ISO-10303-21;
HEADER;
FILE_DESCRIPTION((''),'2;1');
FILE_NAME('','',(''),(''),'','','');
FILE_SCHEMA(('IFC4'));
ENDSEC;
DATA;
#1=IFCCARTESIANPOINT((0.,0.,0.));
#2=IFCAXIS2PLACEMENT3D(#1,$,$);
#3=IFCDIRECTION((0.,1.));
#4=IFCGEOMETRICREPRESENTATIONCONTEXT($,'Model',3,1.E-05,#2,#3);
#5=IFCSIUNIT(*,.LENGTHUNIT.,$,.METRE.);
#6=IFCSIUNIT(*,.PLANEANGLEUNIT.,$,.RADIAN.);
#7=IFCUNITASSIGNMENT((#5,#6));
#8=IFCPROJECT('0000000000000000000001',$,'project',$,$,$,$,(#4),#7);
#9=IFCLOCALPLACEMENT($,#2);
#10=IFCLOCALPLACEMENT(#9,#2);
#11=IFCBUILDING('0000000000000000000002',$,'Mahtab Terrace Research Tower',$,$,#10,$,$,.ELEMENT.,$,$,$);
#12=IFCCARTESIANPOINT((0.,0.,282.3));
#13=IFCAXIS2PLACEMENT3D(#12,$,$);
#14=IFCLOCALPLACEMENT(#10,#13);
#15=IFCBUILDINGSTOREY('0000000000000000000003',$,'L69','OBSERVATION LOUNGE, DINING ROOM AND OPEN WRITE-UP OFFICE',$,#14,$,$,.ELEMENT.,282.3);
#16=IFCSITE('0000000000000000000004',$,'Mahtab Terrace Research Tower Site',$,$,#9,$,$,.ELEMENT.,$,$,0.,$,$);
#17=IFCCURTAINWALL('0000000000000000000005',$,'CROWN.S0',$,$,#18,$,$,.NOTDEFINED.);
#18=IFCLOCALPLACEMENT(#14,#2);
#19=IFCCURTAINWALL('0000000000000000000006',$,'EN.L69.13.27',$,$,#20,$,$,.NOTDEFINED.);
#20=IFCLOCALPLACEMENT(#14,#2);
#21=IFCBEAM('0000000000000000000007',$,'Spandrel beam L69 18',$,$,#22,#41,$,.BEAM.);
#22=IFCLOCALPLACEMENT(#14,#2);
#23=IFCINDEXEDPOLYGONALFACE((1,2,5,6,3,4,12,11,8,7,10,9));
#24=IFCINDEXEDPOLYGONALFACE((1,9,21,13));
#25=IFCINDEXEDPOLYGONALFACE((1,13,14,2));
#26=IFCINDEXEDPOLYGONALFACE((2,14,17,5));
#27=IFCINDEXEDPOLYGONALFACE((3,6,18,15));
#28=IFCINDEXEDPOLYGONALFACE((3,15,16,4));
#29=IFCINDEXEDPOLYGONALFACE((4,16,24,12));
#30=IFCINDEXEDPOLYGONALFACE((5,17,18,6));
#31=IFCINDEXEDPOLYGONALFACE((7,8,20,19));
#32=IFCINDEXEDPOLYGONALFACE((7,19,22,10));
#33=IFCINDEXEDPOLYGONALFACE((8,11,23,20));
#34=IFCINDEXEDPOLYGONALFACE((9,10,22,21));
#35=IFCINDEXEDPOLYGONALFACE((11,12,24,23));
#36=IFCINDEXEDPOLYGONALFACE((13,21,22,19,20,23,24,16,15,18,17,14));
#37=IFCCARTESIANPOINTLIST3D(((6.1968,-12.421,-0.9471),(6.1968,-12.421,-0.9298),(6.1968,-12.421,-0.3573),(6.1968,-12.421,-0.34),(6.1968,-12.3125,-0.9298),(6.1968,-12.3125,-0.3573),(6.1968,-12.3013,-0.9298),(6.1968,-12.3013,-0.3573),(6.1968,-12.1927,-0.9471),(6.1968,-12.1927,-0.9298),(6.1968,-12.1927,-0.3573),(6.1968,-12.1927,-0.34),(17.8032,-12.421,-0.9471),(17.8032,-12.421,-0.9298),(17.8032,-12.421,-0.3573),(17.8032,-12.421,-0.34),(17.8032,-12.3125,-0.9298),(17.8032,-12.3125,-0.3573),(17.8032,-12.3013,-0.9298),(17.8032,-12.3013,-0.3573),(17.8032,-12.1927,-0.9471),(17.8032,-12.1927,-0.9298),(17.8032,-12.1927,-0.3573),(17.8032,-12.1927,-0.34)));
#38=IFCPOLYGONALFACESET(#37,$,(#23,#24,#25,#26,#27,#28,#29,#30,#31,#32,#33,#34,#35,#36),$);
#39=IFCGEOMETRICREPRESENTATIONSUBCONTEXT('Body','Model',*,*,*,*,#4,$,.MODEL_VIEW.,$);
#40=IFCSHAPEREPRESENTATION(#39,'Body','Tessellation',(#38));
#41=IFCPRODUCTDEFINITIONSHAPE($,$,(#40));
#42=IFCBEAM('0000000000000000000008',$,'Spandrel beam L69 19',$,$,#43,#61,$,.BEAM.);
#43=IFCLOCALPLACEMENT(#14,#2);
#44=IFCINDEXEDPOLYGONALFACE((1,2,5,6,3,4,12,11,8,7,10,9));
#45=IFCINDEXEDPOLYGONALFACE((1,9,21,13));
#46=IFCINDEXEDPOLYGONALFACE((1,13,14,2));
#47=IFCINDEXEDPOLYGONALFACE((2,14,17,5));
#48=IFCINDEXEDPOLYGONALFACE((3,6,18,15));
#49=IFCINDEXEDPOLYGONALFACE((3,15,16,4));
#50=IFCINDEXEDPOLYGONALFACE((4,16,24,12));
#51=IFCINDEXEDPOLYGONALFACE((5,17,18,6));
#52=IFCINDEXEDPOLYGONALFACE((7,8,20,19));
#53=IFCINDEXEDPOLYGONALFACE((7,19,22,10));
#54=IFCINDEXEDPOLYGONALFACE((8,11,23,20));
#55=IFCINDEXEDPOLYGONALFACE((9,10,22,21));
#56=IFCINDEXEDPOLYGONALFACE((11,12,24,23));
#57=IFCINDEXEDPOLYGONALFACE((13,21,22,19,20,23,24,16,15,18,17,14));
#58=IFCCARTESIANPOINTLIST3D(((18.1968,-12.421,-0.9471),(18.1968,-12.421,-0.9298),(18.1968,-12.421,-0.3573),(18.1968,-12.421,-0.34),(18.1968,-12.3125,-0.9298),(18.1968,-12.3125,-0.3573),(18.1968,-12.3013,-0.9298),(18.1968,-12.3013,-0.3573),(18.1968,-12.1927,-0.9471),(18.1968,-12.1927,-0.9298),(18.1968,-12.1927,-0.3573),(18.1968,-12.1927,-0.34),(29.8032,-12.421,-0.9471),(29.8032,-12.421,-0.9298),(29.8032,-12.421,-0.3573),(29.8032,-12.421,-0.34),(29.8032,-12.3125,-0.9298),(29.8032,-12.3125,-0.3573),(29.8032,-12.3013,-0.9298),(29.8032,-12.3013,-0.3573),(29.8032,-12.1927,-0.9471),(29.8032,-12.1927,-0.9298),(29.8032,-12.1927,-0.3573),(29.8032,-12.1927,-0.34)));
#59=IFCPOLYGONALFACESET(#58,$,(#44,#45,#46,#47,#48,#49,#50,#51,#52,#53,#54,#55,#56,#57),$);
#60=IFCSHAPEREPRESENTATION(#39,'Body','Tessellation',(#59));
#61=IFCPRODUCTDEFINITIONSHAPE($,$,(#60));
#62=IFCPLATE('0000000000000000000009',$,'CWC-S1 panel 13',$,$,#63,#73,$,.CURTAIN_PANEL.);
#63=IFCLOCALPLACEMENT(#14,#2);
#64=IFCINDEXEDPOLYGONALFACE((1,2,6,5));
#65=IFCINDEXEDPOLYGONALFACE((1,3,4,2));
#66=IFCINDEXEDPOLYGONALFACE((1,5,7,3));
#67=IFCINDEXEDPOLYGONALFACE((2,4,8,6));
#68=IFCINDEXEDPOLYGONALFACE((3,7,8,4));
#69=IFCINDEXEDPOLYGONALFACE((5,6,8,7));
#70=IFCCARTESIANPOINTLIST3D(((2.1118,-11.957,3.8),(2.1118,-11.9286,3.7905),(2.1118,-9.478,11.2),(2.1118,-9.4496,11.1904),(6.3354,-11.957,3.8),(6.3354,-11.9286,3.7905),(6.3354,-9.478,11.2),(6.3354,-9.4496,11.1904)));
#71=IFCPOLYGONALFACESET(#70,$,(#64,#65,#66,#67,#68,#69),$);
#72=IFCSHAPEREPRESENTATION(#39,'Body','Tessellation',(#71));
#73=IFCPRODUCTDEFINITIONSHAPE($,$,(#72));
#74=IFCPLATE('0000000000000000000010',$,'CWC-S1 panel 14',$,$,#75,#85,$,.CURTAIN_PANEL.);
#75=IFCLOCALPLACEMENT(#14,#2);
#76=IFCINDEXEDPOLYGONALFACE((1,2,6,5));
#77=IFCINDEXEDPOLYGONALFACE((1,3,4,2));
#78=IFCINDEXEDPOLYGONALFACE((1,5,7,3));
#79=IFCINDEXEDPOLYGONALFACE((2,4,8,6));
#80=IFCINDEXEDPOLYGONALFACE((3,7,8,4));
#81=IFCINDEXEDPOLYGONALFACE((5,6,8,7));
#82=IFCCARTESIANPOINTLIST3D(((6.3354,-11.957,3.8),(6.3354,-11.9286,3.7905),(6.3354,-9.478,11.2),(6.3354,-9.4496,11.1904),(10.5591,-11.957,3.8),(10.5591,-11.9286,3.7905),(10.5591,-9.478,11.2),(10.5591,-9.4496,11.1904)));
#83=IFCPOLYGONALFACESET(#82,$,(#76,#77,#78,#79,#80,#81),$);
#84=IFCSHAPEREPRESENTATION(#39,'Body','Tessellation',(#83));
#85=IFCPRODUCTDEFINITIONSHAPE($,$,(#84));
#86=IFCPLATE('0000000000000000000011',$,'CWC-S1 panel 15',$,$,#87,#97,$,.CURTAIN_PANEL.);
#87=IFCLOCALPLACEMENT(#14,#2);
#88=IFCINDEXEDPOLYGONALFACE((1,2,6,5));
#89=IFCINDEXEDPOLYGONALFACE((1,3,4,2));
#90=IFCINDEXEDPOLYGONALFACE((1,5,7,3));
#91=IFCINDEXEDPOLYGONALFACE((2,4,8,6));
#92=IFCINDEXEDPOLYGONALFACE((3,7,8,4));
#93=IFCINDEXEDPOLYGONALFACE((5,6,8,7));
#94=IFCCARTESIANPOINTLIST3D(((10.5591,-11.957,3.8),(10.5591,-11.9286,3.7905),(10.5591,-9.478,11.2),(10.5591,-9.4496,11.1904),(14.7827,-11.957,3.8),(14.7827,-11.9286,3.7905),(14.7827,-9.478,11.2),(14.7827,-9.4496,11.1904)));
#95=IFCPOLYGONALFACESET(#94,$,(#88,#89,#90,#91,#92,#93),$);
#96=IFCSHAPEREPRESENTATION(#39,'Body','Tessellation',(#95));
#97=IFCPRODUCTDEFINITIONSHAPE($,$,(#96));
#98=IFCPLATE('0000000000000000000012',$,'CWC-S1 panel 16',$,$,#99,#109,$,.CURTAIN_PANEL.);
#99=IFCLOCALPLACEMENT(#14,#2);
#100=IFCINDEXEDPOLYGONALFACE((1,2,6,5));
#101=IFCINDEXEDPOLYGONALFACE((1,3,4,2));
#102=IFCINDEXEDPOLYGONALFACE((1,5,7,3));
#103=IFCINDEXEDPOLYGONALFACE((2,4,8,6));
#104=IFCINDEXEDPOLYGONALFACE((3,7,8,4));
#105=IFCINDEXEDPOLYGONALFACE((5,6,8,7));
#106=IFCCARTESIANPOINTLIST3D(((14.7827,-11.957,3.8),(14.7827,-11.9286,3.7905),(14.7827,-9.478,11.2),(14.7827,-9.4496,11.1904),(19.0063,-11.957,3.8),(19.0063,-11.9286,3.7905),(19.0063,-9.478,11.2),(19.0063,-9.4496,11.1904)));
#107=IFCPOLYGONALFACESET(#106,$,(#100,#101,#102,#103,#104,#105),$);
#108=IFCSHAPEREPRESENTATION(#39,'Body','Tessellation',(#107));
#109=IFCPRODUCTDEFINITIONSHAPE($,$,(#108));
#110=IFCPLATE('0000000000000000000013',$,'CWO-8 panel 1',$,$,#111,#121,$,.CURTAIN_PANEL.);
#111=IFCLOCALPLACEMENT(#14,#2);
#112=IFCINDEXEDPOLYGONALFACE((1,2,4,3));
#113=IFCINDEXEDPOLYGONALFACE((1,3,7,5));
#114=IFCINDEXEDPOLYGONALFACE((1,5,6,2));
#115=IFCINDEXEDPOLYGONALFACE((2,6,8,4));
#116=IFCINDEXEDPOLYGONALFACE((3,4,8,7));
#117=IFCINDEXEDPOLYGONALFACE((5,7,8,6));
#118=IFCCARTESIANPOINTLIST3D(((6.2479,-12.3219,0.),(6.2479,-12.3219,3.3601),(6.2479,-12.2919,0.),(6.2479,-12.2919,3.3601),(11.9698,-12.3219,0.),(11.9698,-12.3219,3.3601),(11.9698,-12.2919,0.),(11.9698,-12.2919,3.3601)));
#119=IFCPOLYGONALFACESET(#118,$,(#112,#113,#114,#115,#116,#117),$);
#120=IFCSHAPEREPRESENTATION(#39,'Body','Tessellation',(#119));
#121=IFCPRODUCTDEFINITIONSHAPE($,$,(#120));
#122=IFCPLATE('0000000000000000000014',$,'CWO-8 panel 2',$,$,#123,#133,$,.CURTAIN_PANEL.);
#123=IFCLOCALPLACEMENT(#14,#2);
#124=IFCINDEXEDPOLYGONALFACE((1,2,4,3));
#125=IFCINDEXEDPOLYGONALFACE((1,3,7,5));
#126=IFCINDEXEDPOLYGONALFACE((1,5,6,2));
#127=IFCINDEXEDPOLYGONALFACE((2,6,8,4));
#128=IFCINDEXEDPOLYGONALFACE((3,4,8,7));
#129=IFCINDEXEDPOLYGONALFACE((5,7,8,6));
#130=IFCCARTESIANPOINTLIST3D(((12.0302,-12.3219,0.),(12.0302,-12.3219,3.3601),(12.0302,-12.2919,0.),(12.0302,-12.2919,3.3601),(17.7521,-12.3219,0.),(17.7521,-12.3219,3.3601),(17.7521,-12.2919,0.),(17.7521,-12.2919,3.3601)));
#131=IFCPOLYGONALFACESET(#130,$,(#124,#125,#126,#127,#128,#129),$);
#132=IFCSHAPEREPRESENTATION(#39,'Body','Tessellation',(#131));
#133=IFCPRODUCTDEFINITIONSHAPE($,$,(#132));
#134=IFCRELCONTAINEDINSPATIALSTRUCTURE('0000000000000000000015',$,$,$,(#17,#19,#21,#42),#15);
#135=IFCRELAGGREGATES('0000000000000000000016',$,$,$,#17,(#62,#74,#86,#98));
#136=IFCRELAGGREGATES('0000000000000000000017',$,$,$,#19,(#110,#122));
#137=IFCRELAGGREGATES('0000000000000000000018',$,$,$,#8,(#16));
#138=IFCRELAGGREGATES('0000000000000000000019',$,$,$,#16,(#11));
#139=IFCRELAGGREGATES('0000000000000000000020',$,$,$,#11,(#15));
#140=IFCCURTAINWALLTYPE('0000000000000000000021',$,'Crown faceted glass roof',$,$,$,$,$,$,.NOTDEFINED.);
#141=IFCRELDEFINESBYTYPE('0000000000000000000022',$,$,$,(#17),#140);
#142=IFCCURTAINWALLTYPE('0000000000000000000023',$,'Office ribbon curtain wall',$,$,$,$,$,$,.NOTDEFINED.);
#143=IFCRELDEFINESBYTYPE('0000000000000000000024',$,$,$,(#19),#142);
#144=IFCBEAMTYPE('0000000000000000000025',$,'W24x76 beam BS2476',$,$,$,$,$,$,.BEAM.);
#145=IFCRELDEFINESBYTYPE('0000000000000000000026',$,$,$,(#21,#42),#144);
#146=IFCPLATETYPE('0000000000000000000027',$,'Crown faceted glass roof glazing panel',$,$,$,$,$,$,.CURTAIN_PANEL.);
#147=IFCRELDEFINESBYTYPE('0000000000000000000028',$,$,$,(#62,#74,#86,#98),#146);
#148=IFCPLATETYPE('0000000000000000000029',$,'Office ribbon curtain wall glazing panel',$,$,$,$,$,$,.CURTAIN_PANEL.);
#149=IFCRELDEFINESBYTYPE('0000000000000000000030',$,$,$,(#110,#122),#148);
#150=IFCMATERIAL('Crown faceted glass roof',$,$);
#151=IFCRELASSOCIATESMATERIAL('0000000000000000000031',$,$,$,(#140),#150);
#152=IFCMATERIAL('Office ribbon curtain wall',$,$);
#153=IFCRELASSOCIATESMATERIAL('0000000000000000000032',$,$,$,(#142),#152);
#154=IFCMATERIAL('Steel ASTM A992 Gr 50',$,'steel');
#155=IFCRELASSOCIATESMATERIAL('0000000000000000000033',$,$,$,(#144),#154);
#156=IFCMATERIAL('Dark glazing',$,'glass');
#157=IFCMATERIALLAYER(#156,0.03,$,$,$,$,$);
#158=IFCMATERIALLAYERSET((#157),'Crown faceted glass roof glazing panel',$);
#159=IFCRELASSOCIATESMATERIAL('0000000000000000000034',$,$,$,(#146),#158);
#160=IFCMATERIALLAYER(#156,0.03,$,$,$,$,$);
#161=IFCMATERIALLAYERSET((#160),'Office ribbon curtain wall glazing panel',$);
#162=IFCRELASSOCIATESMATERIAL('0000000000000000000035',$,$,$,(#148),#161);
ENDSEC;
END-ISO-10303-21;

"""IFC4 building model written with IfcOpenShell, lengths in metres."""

from ifc_helpers import new_model, si_unit, direction, frame, origin, origin_2d, place, context, subcontext, project, spatial, polyline, rectangle, i_section, outline, extrude, material, layer, layer_set, material_profile, profile_set, type_object, element, aggregate, save


model = new_model("IFC4")

# Units and contexts
model_context = context("Model", 3, precision=1e-05, world=origin(), true_north=direction((0.0, 1.0)))
body_context = subcontext(model_context, "Body", "Model", "MODEL_VIEW")
ifc_project = project(units=[si_unit("LENGTHUNIT", "METRE"), si_unit("PLANEANGLEUNIT", "RADIAN")], contexts=[model_context])

# Site, building, storey
site_placement = place(None, origin())
site = spatial("IfcSite", under=ifc_project, at=site_placement, Name="Mahtab Terrace Research Tower Site", CompositionType="ELEMENT", RefElevation=0.0)
building_placement = place(site_placement, origin())
building = spatial("IfcBuilding", under=site, at=building_placement, Name="Mahtab Terrace Research Tower", CompositionType="ELEMENT")
storey_placement = place(building_placement, frame((0.0, 0.0, 282.3)))
storey = spatial("IfcBuildingStorey", under=building, at=storey_placement, Name="L69", Description="OBSERVATION LOUNGE, DINING ROOM AND OPEN WRITE-UP OFFICE", CompositionType="ELEMENT", Elevation=282.3)

# Shared definitions
ifc_material_1 = material(Name="Steel ASTM A992 Gr 50", Category="steel")

# Curtain wall
ifc_material_2 = material(Name="Crown faceted glass roof")
curtain_wall_type_1 = type_object("IfcCurtainWallType", Name="Crown faceted glass roof", PredefinedType="NOTDEFINED", material=ifc_material_2)
curtain_wall_1_placement = place(storey_placement, origin())
curtain_wall_1 = element("IfcCurtainWall", 1, at=curtain_wall_1_placement, inside=storey, type_object=curtain_wall_type_1, Name="CROWN.S0", PredefinedType="NOTDEFINED")

# Curtain wall
ifc_material_3 = material(Name="Office ribbon curtain wall")
curtain_wall_type_2 = type_object("IfcCurtainWallType", Name="Office ribbon curtain wall", PredefinedType="NOTDEFINED", material=ifc_material_3)
curtain_wall_2_placement = place(storey_placement, origin())
curtain_wall_2 = element("IfcCurtainWall", 2, at=curtain_wall_2_placement, inside=storey, type_object=curtain_wall_type_2, Name="EN.L69.13.27", PredefinedType="NOTDEFINED")

# Beams
ifc_material_profile_1 = material_profile(ifc_material_1, i_section(OverallWidth=0.2283, OverallDepth=0.6072, WebThickness=0.0112, FlangeThickness=0.0173, at=origin_2d()), Name="W24X76")
ifc_profile_set_1 = profile_set([ifc_material_profile_1], Name="Steel ASTM A992 Gr 50")
beam_type = type_object("IfcBeamType", Name="W24x76 beam BS2476", PredefinedType="BEAM", material=ifc_profile_set_1)
for number, where, z_axis, x_axis, name in (
    (3, (6.1968, -12.3069, -0.6436), (1.0, 0.0, 0.0), (0.0, 1.0, 0.0), "Spandrel beam L69 18"),
    (4, (18.1968, -12.3069, -0.6436), (1.0, 0.0, 0.0), (0.0, 1.0, 0.0), "Spandrel beam L69 19"),
):
    element("IfcBeam", number, at=place(storey_placement, frame(where, z_axis=z_axis, x_axis=x_axis)), inside=storey, type_object=beam_type, Name=name, PredefinedType="BEAM", context=body_context, shape_type="SweptSolid", body=[
        extrude(i_section(OverallWidth=0.2283, OverallDepth=0.6072, WebThickness=0.0112, FlangeThickness=0.0173, at=origin_2d()), origin(), (0.0, 0.0, 1.0), 11.6064),
    ])

# Plates
ifc_material_4 = material(Name="Dark glazing", Category="glass")
ifc_layer_1 = layer(ifc_material_4, 0.03)
ifc_layer_set_1 = layer_set([ifc_layer_1], Name="Crown faceted glass roof glazing panel")
plate_type_1 = type_object("IfcPlateType", Name="Crown faceted glass roof glazing panel", PredefinedType="CURTAIN_PANEL", material=ifc_layer_set_1)
plate_1_placement = place(storey_placement, frame((6.3354, -11.957, 3.8), z_axis=(0.0, -0.948207, 0.317654), x_axis=(0.0, 0.317654, 0.948207)))
plate_1 = element("IfcPlate", 5, at=plate_1_placement, type_object=plate_type_1, Name="CWC-S1 panel 13", PredefinedType="CURTAIN_PANEL", context=body_context, shape_type="SweptSolid", body=[
    extrude(outline(polyline([(0.0, 0.0), (7.8041, 0.0), (7.8041, 4.2236), (0.0, 4.2236), (0.0, 0.0)])), origin(), (0.0, 0.0, -1.0), 0.03),
])
plate_2_placement = place(storey_placement, frame((10.5591, -11.957, 3.8), z_axis=(0.0, -0.948207, 0.317654), x_axis=(0.0, 0.317654, 0.948207)))
plate_2 = element("IfcPlate", 6, at=plate_2_placement, type_object=plate_type_1, Name="CWC-S1 panel 14", PredefinedType="CURTAIN_PANEL", context=body_context, shape_type="SweptSolid", body=[
    extrude(outline(polyline([(0.0, 0.0), (7.8041, 0.0), (7.8041, 4.2236), (0.0, 4.2236), (0.0, 0.0)])), origin(), (0.0, 0.0, -1.0), 0.03),
])
plate_3_placement = place(storey_placement, frame((14.7827, -11.957, 3.8), z_axis=(0.0, -0.948207, 0.317654), x_axis=(0.0, 0.317654, 0.948207)))
plate_3 = element("IfcPlate", 7, at=plate_3_placement, type_object=plate_type_1, Name="CWC-S1 panel 15", PredefinedType="CURTAIN_PANEL", context=body_context, shape_type="SweptSolid", body=[
    extrude(outline(polyline([(0.0, 0.0), (7.8041, 0.0), (7.8041, 4.2236), (0.0, 4.2236), (0.0, 0.0)])), origin(), (0.0, 0.0, -1.0), 0.03),
])
plate_4_placement = place(storey_placement, frame((19.0063, -11.957, 3.8), z_axis=(0.0, -0.948207, 0.317654), x_axis=(0.0, 0.317654, 0.948207)))
plate_4 = element("IfcPlate", 8, at=plate_4_placement, type_object=plate_type_1, Name="CWC-S1 panel 16", PredefinedType="CURTAIN_PANEL", context=body_context, shape_type="SweptSolid", body=[
    extrude(outline(polyline([(0.0, 0.0), (7.8041, 0.0), (7.8041, 4.2236), (0.0, 4.2236), (0.0, 0.0)])), origin(), (0.0, 0.0, -1.0), 0.03),
])
aggregate(curtain_wall_1, [plate_1, plate_2, plate_3, plate_4])
ifc_layer_2 = layer(ifc_material_4, 0.03)
ifc_layer_set_2 = layer_set([ifc_layer_2], Name="Office ribbon curtain wall glazing panel")
plate_type_2 = type_object("IfcPlateType", Name="Office ribbon curtain wall glazing panel", PredefinedType="CURTAIN_PANEL", material=ifc_layer_set_2)
plate_5_placement = place(storey_placement, frame((9.1089, -12.3069, 0.0), z_axis=(0.0, 0.0, 1.0), x_axis=(1.0, 0.0, 0.0)))
plate_5 = element("IfcPlate", 9, at=plate_5_placement, type_object=plate_type_2, Name="CWO-8 panel 1", PredefinedType="CURTAIN_PANEL", context=body_context, shape_type="SweptSolid", body=[
    extrude(rectangle(XDim=5.7219, YDim=0.03, at=origin_2d()), origin(), (0.0, 0.0, 1.0), 3.3601),
])
plate_6_placement = place(storey_placement, frame((14.8911, -12.3069, 0.0), z_axis=(0.0, 0.0, 1.0), x_axis=(1.0, 0.0, 0.0)))
plate_6 = element("IfcPlate", 10, at=plate_6_placement, type_object=plate_type_2, Name="CWO-8 panel 2", PredefinedType="CURTAIN_PANEL", context=body_context, shape_type="SweptSolid", body=[
    extrude(rectangle(XDim=5.7219, YDim=0.03, at=origin_2d()), origin(), (0.0, 0.0, 1.0), 3.3601),
])
aggregate(curtain_wall_2, [plate_5, plate_6])

save(model, "model.ifc")
